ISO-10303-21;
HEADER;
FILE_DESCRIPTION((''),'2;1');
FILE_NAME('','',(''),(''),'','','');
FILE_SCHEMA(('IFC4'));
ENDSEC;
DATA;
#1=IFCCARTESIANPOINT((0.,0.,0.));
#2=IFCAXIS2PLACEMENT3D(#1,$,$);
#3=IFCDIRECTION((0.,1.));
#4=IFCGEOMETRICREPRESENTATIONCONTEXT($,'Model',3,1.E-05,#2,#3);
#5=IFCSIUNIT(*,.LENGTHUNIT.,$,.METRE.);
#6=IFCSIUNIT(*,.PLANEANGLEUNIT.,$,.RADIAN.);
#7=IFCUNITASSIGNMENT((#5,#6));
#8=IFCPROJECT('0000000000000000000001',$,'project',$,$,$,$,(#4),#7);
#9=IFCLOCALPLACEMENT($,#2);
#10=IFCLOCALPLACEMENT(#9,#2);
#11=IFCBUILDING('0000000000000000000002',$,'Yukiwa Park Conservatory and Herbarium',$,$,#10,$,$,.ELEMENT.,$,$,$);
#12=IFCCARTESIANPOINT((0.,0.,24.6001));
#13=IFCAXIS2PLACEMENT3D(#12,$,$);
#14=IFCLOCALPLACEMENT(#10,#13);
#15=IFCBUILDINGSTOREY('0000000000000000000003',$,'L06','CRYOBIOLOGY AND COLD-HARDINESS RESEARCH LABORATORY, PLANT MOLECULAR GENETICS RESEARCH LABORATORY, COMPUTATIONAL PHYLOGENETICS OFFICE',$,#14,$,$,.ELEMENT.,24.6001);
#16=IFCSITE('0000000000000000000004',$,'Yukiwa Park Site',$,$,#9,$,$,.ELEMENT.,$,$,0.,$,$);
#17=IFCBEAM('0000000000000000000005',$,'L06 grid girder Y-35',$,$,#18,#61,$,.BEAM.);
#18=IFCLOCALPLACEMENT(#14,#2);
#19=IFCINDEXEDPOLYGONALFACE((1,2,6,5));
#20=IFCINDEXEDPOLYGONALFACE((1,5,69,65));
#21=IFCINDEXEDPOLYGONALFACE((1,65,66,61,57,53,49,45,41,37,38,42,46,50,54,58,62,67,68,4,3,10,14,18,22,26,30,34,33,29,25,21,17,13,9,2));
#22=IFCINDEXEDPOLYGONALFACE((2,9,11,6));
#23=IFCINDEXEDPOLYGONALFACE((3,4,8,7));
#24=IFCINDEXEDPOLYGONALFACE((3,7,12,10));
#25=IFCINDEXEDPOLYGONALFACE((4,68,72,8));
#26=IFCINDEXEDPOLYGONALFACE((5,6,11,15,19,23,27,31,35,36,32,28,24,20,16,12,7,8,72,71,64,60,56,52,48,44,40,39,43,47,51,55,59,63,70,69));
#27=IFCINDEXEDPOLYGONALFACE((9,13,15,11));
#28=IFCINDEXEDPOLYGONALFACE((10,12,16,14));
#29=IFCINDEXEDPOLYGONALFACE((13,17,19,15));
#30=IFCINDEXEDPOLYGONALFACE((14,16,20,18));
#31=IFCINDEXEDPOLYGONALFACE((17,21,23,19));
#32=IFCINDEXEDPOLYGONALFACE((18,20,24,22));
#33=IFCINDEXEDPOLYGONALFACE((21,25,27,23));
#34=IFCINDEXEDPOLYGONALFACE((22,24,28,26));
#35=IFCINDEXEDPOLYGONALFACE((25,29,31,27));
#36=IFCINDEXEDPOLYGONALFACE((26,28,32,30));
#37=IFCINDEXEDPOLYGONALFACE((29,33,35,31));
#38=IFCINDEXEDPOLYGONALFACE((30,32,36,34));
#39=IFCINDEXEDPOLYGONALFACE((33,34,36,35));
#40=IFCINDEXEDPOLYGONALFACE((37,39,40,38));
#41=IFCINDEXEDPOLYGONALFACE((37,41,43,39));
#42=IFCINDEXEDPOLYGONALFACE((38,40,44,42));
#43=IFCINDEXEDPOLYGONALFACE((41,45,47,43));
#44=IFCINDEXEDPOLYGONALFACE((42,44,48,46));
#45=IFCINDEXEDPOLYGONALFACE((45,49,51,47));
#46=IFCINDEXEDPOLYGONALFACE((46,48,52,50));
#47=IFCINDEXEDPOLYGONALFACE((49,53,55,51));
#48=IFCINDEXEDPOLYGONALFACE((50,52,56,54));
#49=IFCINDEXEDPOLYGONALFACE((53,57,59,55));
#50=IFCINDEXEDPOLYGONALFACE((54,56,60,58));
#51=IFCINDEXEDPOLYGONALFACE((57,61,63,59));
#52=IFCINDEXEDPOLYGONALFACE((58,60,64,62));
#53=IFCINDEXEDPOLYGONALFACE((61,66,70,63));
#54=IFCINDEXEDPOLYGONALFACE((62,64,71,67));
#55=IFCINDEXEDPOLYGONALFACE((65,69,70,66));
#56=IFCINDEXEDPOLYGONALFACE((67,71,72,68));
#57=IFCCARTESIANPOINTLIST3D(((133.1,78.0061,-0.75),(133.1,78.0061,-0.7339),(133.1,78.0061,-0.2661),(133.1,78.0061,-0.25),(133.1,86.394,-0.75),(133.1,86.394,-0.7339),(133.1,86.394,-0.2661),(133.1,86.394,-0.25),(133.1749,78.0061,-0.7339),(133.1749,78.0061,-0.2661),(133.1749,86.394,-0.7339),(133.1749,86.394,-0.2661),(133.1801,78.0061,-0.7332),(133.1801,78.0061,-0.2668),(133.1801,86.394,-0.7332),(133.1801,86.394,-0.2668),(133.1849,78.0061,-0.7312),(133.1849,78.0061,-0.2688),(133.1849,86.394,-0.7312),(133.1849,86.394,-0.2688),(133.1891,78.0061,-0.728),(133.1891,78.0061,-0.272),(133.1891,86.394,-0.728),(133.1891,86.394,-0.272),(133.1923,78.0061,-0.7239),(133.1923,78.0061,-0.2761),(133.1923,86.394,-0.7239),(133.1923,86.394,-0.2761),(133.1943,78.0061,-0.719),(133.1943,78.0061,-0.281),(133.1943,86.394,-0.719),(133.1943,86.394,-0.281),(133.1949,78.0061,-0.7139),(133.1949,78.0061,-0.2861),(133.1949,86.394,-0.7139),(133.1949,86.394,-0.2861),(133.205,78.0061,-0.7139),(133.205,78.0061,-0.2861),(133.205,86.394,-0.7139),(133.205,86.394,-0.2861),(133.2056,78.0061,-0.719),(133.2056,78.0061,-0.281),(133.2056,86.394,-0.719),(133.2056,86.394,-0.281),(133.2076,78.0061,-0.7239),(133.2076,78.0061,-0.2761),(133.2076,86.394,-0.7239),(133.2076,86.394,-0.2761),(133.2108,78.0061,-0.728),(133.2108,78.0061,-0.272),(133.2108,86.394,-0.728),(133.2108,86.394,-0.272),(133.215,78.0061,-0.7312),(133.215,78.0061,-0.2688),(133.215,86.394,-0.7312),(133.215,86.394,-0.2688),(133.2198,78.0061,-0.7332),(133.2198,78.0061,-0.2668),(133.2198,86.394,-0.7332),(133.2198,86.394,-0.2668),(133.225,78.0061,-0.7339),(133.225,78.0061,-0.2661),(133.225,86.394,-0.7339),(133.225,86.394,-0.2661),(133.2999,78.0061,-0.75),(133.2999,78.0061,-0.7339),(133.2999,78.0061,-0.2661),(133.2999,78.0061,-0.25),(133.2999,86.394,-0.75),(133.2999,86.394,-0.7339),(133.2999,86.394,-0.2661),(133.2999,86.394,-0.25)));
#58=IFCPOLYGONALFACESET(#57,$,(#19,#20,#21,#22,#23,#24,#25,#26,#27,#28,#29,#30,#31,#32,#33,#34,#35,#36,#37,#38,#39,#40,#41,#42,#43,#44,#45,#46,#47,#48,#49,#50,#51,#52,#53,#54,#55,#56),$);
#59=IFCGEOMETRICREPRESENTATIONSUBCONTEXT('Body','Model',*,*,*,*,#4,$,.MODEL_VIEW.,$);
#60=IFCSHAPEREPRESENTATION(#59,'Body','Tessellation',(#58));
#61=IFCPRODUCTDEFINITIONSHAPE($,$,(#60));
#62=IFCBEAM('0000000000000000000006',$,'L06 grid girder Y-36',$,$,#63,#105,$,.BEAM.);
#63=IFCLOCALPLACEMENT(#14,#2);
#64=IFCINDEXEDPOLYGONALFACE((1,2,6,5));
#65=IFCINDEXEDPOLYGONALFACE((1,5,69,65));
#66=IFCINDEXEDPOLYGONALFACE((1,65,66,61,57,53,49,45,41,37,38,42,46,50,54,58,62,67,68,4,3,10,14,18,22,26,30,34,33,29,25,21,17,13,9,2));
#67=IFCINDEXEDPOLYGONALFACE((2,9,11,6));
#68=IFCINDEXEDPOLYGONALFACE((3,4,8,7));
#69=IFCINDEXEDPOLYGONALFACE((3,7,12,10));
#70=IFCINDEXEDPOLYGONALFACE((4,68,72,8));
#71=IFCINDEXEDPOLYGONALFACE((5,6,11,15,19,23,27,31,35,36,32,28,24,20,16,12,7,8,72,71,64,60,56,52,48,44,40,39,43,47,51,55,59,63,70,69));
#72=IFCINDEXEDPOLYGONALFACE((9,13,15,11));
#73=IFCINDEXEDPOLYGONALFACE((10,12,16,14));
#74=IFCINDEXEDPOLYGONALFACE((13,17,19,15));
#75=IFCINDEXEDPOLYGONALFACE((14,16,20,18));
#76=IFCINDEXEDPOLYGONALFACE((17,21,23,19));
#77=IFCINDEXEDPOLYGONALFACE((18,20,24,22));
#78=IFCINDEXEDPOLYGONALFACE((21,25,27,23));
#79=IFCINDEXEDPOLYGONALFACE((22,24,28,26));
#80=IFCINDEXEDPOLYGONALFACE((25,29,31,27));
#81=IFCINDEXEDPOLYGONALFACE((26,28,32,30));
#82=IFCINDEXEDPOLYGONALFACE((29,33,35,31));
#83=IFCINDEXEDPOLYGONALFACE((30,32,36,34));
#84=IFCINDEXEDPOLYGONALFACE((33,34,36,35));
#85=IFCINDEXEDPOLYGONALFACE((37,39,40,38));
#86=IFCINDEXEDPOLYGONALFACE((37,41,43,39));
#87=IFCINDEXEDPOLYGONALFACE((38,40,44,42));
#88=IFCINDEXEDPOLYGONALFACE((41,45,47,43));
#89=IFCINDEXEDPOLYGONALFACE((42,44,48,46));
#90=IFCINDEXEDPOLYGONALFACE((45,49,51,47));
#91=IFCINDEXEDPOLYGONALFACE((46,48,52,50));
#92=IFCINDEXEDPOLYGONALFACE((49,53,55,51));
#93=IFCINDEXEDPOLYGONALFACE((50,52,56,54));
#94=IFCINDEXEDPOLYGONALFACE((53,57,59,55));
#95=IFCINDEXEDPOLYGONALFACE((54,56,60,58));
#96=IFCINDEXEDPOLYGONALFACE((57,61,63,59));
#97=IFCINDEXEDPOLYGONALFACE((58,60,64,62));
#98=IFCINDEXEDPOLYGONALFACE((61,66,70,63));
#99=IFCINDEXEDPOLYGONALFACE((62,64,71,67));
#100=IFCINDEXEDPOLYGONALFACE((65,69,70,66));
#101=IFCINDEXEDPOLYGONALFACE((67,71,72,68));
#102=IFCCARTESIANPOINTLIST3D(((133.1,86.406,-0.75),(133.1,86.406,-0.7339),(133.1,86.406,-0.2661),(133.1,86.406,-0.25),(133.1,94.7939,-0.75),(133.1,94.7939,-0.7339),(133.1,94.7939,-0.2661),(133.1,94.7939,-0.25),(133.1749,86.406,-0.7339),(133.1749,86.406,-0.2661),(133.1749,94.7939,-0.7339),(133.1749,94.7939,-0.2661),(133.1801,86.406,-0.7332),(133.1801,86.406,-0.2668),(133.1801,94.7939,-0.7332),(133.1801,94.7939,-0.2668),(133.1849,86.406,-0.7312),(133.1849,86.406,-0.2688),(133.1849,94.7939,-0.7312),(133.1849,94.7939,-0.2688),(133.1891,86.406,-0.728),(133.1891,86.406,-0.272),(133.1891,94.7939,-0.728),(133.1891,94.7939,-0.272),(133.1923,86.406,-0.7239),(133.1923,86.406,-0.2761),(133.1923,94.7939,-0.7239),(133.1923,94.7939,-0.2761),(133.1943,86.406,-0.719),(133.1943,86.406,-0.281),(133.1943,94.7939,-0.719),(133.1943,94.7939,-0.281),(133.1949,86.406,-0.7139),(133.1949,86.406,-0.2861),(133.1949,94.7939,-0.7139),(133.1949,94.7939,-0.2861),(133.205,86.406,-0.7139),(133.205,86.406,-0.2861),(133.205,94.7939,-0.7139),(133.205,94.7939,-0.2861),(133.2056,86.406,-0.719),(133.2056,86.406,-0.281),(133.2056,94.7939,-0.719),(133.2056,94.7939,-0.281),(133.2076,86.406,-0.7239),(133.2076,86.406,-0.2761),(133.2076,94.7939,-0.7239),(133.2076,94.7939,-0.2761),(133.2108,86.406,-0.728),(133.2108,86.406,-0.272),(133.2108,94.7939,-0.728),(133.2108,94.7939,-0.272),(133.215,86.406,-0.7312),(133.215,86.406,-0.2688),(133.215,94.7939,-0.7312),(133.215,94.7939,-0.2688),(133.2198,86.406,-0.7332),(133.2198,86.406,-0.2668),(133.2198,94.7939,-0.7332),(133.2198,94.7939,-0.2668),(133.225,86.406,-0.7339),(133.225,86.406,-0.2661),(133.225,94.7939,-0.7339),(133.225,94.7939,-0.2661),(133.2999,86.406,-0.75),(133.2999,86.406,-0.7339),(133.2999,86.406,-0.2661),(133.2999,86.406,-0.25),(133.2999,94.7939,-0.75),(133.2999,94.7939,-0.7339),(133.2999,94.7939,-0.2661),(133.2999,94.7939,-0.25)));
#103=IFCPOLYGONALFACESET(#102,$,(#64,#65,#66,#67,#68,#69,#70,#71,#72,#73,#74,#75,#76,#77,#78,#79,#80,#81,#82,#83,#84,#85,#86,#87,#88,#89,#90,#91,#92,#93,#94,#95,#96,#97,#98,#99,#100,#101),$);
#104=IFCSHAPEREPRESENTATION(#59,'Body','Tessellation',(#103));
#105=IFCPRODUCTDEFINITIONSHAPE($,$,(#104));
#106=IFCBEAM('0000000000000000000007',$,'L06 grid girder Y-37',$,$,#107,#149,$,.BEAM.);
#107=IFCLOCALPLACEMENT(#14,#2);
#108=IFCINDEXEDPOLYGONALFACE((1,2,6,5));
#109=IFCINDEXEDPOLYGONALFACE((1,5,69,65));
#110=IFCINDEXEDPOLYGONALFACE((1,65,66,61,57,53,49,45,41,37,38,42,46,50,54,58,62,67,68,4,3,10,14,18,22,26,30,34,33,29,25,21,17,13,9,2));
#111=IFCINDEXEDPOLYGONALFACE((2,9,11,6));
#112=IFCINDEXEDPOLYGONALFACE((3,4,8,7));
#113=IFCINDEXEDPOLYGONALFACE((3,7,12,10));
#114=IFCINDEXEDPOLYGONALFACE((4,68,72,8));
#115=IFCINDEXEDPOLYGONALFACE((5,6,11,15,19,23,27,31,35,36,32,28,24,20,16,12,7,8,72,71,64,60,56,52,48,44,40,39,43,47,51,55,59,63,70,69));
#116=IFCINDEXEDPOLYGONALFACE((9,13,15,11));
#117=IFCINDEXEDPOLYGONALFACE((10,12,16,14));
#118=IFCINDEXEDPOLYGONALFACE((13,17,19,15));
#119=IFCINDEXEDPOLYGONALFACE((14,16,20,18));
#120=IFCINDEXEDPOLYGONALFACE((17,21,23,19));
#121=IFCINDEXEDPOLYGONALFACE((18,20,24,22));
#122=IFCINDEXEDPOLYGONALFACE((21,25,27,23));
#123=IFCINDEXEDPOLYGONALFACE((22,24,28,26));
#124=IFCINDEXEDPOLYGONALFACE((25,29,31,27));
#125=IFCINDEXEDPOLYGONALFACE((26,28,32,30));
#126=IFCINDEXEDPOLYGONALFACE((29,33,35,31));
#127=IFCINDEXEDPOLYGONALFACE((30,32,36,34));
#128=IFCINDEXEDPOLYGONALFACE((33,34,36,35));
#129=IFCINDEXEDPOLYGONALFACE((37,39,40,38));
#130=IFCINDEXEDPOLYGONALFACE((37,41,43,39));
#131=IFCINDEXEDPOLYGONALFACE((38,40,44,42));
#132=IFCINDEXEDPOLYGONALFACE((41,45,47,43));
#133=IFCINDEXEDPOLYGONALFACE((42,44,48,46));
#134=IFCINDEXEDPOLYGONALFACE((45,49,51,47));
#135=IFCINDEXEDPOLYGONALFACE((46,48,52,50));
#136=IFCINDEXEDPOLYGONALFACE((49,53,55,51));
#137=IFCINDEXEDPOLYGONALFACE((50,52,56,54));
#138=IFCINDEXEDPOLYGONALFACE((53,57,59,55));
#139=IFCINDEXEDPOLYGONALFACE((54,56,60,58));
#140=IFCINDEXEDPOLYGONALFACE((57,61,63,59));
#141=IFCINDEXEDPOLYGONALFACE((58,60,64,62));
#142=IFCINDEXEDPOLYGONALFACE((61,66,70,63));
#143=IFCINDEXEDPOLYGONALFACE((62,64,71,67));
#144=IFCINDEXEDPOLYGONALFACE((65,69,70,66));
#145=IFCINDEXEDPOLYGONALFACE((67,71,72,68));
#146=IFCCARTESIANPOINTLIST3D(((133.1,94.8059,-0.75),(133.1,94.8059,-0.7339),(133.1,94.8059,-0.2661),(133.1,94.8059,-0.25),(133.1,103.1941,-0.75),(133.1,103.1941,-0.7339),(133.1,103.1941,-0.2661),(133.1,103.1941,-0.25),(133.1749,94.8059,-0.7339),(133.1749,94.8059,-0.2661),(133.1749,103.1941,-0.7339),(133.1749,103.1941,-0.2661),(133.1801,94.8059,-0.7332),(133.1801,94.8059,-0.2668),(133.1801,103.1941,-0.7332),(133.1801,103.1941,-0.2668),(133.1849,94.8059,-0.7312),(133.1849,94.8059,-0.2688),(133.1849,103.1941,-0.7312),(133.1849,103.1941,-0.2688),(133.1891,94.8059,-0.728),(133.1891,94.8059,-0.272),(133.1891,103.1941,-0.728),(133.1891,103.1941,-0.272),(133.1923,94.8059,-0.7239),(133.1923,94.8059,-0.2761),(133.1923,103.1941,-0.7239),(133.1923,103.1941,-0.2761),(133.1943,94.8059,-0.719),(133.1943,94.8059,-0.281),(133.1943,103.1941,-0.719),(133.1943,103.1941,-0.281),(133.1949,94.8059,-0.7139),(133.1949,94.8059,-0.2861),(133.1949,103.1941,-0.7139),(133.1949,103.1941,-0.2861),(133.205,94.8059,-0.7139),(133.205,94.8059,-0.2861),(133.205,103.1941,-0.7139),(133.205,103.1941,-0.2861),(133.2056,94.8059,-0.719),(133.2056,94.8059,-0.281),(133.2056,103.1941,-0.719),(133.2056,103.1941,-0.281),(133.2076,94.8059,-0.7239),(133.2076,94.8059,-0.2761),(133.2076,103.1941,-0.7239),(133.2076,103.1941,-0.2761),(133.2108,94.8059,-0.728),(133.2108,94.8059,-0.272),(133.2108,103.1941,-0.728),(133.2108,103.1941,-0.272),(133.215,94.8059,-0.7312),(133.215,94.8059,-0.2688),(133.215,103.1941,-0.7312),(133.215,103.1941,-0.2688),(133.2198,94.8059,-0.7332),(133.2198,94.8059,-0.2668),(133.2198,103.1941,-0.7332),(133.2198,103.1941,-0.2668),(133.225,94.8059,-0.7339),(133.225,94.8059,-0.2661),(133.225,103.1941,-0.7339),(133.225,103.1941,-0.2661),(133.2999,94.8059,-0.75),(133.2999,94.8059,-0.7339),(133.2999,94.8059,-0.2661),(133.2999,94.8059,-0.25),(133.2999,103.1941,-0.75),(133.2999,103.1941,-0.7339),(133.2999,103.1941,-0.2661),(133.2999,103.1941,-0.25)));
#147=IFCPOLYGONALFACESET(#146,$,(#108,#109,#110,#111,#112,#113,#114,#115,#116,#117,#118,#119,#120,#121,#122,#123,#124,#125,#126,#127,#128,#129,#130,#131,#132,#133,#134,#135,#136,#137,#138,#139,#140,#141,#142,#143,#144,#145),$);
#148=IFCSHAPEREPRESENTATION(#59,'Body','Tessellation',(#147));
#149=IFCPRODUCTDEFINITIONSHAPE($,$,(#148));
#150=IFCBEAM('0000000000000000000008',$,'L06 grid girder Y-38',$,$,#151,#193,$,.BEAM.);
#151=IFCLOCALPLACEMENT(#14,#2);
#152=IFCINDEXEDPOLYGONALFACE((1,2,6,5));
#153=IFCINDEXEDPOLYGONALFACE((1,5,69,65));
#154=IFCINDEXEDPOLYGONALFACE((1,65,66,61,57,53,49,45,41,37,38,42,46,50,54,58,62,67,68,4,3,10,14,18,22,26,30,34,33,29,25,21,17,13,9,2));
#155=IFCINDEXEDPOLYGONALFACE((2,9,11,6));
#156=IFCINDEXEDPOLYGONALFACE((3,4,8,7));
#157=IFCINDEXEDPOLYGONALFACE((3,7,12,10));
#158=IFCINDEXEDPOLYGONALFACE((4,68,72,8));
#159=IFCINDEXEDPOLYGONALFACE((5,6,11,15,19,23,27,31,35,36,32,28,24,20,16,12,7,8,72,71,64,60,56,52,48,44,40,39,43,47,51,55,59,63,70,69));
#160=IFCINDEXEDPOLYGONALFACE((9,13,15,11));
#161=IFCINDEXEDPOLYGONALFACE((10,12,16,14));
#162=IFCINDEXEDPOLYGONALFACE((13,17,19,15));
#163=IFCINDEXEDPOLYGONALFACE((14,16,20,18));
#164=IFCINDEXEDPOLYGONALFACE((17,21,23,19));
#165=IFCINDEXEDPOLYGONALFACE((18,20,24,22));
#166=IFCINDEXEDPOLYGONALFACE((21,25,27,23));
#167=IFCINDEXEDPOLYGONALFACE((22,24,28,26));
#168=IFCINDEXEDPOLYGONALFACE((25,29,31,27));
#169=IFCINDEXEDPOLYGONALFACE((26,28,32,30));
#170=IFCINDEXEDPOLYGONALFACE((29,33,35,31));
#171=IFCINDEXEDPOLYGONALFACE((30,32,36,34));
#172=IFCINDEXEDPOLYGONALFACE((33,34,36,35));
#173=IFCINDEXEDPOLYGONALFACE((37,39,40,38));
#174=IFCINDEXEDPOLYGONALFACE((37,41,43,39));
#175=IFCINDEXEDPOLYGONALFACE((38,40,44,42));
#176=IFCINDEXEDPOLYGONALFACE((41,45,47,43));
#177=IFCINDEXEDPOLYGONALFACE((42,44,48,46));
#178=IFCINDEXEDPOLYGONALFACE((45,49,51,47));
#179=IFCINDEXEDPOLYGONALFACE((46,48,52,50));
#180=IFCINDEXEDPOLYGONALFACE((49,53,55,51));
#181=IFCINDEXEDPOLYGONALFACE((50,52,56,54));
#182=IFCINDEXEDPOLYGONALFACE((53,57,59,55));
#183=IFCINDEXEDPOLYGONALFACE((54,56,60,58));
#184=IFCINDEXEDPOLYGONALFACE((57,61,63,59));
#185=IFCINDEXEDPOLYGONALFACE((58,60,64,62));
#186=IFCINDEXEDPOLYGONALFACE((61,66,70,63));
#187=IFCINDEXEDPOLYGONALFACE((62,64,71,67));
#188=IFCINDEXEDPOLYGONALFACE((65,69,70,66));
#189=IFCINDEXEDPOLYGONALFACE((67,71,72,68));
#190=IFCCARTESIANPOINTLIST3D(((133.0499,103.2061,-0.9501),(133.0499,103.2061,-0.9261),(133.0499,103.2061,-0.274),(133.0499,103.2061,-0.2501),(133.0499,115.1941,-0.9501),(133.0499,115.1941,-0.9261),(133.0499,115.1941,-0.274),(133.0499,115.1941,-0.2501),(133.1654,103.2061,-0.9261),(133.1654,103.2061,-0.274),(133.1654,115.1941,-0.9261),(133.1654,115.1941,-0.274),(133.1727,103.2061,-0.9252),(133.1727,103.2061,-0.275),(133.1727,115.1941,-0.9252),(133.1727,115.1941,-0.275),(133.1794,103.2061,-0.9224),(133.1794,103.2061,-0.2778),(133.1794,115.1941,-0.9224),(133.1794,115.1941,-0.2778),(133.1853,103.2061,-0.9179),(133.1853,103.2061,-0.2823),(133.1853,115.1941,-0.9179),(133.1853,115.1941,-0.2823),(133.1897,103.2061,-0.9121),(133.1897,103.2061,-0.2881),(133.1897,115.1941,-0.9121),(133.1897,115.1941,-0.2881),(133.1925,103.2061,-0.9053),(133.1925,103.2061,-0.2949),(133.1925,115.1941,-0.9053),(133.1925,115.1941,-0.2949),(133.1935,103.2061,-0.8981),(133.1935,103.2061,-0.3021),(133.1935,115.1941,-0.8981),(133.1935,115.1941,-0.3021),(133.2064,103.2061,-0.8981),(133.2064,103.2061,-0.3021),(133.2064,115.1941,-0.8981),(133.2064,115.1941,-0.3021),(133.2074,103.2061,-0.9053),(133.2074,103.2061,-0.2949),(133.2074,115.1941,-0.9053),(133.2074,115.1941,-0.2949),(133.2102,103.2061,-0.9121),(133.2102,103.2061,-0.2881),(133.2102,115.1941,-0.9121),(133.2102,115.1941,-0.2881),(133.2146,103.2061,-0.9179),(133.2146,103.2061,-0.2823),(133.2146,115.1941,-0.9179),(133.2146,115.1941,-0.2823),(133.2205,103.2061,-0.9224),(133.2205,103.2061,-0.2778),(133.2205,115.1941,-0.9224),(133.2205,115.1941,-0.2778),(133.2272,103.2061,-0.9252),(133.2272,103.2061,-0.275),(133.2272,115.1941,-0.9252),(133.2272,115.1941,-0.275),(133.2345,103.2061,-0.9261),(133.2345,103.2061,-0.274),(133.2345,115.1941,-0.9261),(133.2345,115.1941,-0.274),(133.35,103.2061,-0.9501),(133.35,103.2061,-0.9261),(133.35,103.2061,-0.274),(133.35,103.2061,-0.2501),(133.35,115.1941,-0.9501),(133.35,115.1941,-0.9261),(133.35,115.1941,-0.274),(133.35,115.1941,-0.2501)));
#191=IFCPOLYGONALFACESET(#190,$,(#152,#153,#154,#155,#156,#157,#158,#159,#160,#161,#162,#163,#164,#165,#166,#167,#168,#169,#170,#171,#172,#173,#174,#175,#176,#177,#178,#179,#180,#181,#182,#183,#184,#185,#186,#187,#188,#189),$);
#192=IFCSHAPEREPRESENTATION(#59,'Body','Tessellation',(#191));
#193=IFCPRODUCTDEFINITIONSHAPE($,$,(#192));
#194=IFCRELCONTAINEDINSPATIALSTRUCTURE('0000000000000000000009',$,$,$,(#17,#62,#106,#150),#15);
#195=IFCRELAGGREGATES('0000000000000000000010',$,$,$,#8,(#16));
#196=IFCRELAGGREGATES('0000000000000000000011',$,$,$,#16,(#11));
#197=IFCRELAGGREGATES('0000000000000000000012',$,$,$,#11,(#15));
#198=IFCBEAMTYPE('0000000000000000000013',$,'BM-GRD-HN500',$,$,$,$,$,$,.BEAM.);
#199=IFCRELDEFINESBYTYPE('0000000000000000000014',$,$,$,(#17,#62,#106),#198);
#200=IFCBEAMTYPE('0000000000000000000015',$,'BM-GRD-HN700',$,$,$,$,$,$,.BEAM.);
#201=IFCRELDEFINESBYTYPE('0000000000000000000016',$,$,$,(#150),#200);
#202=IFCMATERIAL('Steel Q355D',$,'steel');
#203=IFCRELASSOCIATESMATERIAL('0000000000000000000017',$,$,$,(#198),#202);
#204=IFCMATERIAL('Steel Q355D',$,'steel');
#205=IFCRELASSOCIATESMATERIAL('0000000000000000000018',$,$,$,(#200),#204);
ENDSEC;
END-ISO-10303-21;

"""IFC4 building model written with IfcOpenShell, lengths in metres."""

from ifc_helpers import new_model, si_unit, direction, frame, origin, origin_2d, place, context, subcontext, project, spatial, i_section, extrude, material, material_profile, profile_set, type_object, element, save


model = new_model("IFC4")

# Units and contexts
model_context = context("Model", 3, precision=1e-05, world=origin(), true_north=direction((0.0, 1.0)))
body_context = subcontext(model_context, "Body", "Model", "MODEL_VIEW")
ifc_project = project(units=[si_unit("LENGTHUNIT", "METRE"), si_unit("PLANEANGLEUNIT", "RADIAN")], contexts=[model_context])

# Site, building, storey
site_placement = place(None, origin())
site = spatial("IfcSite", under=ifc_project, at=site_placement, Name="Yukiwa Park Site", CompositionType="ELEMENT", RefElevation=0.0)
building_placement = place(site_placement, origin())
building = spatial("IfcBuilding", under=site, at=building_placement, Name="Yukiwa Park Conservatory and Herbarium", CompositionType="ELEMENT")
storey_placement = place(building_placement, frame((0.0, 0.0, 24.6001)))
storey = spatial("IfcBuildingStorey", under=building, at=storey_placement, Name="L06", Description="CRYOBIOLOGY AND COLD-HARDINESS RESEARCH LABORATORY, PLANT MOLECULAR GENETICS RESEARCH LABORATORY, COMPUTATIONAL PHYLOGENETICS OFFICE", CompositionType="ELEMENT", Elevation=24.6001)

# Beams
ifc_material_1 = material(Name="Steel Q355D", Category="steel")
ifc_material_profile_1 = material_profile(ifc_material_1, i_section(OverallWidth=0.2, OverallDepth=0.5, WebThickness=0.01, FlangeThickness=0.0161, FilletRadius=0.02, at=origin_2d()), Name="HN 500x200x10x16")
ifc_profile_set_1 = profile_set([ifc_material_profile_1], Name="Steel Q355D")
beam_type_1 = type_object("IfcBeamType", Name="BM-GRD-HN500", PredefinedType="BEAM", material=ifc_profile_set_1)
for number, where, z_axis, x_axis, name in (
    (1, (133.2, 78.0061, -0.5), (0.0, 1.0, 0.0), (-1.0, 0.0, 0.0), "L06 grid girder Y-35"),
    (2, (133.2, 86.406, -0.5), (0.0, 1.0, 0.0), (-1.0, 0.0, 0.0), "L06 grid girder Y-36"),
):
    element("IfcBeam", number, at=place(storey_placement, frame(where, z_axis=z_axis, x_axis=x_axis)), inside=storey, type_object=beam_type_1, Name=name, PredefinedType="BEAM", context=body_context, shape_type="SweptSolid", body=[
        extrude(i_section(OverallWidth=0.2, OverallDepth=0.5, WebThickness=0.01, FlangeThickness=0.0161, FilletRadius=0.02, at=origin_2d()), origin(), (0.0, 0.0, 1.0), 8.3879),
    ])
beam_1_placement = place(storey_placement, frame((133.2, 94.8059, -0.5), z_axis=(0.0, 1.0, 0.0), x_axis=(-1.0, 0.0, 0.0)))
element("IfcBeam", 3, at=beam_1_placement, inside=storey, type_object=beam_type_1, Name="L06 grid girder Y-37", PredefinedType="BEAM", context=body_context, shape_type="SweptSolid", body=[
    extrude(i_section(OverallWidth=0.2, OverallDepth=0.5, WebThickness=0.01, FlangeThickness=0.0161, FilletRadius=0.02, at=origin_2d()), origin(), (0.0, 0.0, 1.0), 8.3882),
])
ifc_material_2 = material(Name="Steel Q355D", Category="steel")
ifc_material_profile_2 = material_profile(ifc_material_2, i_section(OverallWidth=0.3, OverallDepth=0.7, WebThickness=0.0129, FlangeThickness=0.0239, FilletRadius=0.0281, at=origin_2d()), Name="HN 700x300x13x24")
ifc_profile_set_2 = profile_set([ifc_material_profile_2], Name="Steel Q355D")
beam_type_2 = type_object("IfcBeamType", Name="BM-GRD-HN700", PredefinedType="BEAM", material=ifc_profile_set_2)
beam_2_placement = place(storey_placement, frame((133.2, 103.2061, -0.6001), z_axis=(0.0, 1.0, 0.0), x_axis=(-1.0, 0.0, 0.0)))
element("IfcBeam", 4, at=beam_2_placement, inside=storey, type_object=beam_type_2, Name="L06 grid girder Y-38", PredefinedType="BEAM", context=body_context, shape_type="SweptSolid", body=[
    extrude(i_section(OverallWidth=0.3, OverallDepth=0.7, WebThickness=0.0129, FlangeThickness=0.0239, FilletRadius=0.0281, at=origin_2d()), origin(), (0.0, 0.0, 1.0), 11.988),
])

save(model, "model.ifc")
